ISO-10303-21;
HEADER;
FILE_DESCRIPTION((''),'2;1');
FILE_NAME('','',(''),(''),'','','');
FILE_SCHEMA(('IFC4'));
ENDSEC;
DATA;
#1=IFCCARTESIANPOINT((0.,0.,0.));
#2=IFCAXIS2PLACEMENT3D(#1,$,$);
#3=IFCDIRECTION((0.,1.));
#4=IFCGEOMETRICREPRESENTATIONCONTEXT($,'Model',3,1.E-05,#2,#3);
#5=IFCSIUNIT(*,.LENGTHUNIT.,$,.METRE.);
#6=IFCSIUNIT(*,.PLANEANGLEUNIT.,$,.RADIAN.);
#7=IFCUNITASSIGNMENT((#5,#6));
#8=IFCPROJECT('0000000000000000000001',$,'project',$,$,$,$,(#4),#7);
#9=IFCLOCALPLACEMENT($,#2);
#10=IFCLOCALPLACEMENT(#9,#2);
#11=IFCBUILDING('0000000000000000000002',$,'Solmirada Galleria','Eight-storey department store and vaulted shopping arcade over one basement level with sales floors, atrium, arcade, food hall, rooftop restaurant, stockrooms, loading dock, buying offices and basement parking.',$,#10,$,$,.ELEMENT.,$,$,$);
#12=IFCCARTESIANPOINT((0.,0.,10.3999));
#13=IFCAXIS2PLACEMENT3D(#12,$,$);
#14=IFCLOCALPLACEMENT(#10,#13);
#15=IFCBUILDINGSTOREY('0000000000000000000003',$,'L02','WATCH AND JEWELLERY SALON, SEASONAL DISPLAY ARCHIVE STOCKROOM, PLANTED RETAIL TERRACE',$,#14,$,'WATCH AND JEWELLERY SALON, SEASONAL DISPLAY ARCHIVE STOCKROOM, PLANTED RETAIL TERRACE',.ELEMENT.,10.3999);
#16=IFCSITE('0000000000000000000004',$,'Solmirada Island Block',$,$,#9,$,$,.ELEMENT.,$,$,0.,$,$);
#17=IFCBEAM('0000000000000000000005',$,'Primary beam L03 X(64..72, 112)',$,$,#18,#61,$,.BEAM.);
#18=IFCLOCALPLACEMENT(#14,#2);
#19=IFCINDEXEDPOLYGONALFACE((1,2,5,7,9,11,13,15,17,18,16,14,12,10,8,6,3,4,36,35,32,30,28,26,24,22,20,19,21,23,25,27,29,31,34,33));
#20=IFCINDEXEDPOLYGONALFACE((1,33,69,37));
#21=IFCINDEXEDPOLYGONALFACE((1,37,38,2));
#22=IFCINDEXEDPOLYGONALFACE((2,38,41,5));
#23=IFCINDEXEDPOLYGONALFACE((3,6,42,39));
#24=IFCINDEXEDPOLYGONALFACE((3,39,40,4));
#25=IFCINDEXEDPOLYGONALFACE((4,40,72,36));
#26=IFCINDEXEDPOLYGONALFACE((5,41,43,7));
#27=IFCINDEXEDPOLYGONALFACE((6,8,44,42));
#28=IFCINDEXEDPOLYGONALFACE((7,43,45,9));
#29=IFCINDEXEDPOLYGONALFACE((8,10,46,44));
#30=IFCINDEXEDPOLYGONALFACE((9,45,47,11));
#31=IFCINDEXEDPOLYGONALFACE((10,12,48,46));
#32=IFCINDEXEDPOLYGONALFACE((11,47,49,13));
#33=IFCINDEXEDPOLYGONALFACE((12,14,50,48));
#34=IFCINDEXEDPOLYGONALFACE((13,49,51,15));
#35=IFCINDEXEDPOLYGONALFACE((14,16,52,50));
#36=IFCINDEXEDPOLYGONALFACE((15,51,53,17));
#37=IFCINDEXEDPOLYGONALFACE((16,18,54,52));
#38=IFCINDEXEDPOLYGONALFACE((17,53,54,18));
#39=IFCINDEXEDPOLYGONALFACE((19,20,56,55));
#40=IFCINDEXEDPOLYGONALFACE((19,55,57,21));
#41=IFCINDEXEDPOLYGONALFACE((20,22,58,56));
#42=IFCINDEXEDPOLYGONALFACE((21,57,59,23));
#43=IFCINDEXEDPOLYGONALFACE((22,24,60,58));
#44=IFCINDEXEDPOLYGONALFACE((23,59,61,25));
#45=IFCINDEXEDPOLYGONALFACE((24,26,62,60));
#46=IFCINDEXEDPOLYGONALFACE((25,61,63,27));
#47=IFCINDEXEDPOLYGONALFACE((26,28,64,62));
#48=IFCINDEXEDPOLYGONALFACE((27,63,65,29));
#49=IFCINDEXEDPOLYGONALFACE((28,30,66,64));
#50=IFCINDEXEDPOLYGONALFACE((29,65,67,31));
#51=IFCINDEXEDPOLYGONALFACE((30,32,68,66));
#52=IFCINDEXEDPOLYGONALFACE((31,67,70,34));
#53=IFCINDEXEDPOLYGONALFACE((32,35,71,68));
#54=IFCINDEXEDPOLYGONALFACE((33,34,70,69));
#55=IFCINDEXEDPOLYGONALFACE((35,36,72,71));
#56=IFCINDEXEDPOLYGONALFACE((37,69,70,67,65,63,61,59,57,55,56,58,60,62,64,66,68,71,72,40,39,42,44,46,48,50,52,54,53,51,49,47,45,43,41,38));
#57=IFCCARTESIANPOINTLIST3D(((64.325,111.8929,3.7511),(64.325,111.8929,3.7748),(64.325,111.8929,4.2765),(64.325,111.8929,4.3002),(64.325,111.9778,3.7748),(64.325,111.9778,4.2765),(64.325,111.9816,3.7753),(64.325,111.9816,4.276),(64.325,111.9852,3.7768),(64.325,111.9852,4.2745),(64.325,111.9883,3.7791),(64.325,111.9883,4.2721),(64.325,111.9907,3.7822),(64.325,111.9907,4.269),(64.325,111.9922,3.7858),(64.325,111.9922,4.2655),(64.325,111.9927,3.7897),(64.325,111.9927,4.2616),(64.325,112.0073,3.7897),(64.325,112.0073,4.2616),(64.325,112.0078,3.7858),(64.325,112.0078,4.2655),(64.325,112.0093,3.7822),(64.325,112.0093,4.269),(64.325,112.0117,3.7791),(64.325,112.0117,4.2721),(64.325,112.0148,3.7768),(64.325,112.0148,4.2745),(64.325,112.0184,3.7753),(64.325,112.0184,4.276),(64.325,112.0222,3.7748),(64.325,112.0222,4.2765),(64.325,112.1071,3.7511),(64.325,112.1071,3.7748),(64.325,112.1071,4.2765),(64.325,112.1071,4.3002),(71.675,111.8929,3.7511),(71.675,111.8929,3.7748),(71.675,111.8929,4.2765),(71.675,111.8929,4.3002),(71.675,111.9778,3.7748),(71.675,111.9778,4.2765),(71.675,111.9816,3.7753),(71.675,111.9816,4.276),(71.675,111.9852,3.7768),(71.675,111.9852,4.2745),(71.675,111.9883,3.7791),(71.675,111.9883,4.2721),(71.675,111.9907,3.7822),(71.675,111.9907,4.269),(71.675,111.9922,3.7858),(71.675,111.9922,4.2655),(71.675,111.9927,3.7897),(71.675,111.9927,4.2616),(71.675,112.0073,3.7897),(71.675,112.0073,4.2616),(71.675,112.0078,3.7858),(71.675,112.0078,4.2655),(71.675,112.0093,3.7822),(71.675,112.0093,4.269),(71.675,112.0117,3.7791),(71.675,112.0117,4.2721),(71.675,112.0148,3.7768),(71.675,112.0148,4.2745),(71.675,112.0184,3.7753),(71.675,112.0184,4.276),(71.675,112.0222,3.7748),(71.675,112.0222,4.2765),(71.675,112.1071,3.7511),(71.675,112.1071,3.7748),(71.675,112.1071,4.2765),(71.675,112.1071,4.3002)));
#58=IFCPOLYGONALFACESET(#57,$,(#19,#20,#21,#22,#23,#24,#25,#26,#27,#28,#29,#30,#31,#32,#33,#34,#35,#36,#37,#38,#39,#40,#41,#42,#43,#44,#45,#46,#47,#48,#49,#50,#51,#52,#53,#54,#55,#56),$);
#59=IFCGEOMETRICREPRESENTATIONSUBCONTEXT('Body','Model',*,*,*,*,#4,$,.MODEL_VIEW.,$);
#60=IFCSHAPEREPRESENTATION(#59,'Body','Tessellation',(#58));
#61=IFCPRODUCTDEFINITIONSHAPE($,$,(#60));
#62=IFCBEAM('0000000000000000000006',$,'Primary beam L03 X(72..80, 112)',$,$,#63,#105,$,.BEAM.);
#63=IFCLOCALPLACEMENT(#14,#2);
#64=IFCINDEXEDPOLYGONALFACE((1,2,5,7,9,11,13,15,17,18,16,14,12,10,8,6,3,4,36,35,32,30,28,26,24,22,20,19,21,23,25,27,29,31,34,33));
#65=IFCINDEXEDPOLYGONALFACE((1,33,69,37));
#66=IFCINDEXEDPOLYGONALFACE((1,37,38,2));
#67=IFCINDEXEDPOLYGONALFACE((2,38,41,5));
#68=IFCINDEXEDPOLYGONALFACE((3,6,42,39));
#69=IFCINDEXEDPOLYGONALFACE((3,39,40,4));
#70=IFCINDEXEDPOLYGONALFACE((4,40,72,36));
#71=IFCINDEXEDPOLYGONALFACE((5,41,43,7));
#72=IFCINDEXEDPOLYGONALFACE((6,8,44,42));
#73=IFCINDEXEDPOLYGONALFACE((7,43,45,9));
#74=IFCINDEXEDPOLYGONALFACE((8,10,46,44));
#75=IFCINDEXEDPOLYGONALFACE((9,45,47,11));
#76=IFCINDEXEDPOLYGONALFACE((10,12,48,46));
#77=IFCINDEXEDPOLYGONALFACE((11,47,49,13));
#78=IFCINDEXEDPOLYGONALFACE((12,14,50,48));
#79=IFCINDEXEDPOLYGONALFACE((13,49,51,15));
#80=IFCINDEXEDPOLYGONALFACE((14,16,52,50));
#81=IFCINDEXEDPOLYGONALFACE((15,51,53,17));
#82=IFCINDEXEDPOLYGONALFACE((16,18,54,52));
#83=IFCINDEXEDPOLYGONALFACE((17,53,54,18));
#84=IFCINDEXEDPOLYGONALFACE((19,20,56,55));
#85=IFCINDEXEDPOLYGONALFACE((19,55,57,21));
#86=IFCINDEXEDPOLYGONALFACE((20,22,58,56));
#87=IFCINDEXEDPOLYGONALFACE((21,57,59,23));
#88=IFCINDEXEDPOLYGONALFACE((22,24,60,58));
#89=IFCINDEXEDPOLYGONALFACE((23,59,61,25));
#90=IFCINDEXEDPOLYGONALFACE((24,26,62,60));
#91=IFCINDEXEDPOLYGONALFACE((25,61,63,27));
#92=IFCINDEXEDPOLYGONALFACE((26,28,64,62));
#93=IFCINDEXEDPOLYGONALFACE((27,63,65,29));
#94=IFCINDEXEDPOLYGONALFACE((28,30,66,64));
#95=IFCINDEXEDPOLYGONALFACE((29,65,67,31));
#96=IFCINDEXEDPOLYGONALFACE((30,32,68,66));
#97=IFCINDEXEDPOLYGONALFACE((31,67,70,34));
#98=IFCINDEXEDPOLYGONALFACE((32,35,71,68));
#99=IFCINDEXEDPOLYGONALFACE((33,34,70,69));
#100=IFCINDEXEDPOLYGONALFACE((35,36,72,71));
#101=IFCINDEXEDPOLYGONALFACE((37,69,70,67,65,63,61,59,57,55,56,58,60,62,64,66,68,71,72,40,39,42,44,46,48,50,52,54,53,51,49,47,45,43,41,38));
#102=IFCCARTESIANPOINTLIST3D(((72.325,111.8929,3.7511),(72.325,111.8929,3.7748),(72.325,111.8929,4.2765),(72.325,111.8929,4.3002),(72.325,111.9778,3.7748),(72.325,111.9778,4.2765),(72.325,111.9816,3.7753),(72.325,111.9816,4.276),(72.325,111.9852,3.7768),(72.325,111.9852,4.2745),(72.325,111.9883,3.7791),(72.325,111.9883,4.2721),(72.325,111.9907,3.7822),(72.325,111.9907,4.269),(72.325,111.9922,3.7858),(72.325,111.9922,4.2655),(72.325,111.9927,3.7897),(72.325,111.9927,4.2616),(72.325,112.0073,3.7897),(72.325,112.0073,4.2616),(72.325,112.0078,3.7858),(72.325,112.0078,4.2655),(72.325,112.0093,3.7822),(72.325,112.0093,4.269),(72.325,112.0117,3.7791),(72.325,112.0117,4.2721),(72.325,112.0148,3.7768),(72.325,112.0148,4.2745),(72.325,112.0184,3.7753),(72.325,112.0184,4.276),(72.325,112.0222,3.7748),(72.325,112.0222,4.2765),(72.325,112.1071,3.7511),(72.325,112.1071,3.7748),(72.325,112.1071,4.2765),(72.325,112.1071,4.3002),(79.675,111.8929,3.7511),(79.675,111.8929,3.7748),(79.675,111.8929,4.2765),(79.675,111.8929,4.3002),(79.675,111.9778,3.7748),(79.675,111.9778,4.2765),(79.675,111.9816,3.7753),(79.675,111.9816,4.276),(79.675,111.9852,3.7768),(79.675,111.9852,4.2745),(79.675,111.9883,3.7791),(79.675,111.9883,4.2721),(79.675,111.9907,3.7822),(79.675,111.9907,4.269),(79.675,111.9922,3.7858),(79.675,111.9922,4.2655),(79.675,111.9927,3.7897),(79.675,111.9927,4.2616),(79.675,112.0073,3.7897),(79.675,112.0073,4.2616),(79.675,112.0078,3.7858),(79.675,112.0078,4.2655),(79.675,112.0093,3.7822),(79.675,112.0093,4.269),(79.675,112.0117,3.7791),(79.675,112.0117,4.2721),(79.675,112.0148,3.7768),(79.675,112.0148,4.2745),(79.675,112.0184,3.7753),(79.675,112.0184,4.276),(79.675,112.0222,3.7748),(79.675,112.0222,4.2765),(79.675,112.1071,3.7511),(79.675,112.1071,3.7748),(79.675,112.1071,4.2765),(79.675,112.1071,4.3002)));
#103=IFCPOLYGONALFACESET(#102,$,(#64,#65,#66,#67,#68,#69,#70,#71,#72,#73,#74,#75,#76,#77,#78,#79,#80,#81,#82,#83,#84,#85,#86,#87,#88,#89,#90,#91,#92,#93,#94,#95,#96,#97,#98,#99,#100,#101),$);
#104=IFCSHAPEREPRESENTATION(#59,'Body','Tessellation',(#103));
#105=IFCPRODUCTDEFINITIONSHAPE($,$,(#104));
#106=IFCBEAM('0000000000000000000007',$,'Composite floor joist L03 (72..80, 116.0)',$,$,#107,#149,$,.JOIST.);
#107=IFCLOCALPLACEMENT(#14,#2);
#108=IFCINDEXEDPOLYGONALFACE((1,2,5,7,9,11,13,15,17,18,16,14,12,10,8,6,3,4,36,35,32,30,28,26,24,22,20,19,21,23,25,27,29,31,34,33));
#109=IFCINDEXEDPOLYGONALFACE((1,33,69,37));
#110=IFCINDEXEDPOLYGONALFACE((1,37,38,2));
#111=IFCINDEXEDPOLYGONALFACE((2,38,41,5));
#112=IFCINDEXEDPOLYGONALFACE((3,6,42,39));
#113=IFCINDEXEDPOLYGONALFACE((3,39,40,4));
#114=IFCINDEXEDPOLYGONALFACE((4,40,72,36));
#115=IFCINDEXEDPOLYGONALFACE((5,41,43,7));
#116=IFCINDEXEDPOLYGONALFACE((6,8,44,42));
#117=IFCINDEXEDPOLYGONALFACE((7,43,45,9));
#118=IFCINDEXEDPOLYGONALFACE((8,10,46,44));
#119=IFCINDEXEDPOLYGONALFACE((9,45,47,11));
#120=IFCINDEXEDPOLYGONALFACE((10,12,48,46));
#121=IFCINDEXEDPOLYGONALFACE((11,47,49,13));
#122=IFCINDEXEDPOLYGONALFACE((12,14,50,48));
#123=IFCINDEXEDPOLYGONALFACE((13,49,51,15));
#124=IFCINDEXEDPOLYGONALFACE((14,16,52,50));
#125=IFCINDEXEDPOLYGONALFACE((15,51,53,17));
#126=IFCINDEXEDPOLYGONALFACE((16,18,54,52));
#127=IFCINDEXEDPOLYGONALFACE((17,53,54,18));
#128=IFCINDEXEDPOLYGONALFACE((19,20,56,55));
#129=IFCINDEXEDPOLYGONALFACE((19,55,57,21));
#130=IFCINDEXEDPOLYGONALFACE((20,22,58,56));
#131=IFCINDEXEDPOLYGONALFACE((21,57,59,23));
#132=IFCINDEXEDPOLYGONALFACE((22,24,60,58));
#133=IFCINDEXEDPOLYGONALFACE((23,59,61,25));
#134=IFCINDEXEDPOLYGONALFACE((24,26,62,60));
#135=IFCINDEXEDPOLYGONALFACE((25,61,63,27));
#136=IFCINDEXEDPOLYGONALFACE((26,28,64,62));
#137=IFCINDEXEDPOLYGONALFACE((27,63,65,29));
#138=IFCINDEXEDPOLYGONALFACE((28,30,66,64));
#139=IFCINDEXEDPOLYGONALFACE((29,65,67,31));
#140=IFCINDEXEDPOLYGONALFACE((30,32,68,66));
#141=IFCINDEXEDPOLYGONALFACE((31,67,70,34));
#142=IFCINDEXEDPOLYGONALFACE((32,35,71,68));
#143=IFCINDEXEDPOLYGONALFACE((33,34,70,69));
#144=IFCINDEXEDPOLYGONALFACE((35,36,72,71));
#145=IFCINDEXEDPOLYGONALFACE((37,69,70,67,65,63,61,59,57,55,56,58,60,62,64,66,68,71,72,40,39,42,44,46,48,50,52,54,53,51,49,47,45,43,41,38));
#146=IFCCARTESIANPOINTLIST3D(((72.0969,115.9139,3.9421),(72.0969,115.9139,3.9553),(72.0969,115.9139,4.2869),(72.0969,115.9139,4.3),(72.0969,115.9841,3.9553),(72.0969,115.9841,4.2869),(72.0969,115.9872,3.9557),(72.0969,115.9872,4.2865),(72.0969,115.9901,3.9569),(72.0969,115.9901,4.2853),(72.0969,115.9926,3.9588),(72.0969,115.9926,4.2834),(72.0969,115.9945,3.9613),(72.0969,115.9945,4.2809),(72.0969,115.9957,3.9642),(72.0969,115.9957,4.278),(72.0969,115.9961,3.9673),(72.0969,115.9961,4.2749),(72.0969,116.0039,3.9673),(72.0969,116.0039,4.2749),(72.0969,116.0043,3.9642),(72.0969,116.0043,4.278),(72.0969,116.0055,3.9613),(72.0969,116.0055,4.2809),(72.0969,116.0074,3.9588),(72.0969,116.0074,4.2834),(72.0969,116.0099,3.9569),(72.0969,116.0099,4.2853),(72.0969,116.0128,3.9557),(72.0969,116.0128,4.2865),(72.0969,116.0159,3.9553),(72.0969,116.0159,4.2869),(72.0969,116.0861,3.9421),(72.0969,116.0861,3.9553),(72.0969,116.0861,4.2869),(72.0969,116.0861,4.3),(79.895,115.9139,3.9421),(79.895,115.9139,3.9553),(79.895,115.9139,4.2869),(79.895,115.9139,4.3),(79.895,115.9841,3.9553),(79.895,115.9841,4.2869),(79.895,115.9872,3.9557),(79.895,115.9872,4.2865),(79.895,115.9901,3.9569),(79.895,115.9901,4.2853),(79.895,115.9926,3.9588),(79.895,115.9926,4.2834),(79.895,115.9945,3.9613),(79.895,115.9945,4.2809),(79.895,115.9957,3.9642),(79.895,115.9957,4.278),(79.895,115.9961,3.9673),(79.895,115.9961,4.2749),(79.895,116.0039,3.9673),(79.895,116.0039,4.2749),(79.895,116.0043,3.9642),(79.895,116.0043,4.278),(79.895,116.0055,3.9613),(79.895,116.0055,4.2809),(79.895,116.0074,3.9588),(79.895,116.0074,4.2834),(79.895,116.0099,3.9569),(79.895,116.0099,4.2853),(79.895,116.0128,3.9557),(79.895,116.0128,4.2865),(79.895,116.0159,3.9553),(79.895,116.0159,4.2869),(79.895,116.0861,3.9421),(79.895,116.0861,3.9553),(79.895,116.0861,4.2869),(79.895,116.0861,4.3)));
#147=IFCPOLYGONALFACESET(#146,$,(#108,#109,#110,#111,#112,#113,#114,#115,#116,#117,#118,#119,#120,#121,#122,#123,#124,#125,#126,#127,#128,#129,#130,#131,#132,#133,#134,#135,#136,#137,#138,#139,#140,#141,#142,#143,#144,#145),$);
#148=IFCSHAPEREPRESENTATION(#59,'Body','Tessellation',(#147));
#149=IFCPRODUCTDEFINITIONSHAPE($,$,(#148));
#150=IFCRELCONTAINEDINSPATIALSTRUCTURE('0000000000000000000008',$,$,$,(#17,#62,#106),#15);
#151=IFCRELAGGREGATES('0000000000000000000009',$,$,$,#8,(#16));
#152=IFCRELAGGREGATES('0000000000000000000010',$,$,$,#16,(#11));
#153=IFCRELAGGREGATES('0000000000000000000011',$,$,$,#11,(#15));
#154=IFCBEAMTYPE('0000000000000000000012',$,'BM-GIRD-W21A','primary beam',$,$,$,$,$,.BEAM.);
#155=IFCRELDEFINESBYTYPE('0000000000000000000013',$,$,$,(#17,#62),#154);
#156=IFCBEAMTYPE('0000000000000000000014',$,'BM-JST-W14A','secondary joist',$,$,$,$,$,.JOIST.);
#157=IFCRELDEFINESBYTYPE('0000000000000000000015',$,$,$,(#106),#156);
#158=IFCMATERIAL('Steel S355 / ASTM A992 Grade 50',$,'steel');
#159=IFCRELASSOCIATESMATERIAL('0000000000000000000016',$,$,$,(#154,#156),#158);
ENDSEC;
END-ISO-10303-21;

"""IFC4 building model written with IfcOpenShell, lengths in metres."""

from ifc_helpers import new_model, si_unit, direction, frame, origin, origin_2d, place, context, subcontext, project, spatial, i_section, extrude, material, material_profile, profile_set, type_object, element, save


model = new_model("IFC4")

# Units and contexts
model_context = context("Model", 3, precision=1e-05, world=origin(), true_north=direction((0.0, 1.0)))
body_context = subcontext(model_context, "Body", "Model", "MODEL_VIEW")
ifc_project = project(units=[si_unit("LENGTHUNIT", "METRE"), si_unit("PLANEANGLEUNIT", "RADIAN")], contexts=[model_context])

# Site, building, storey
site_placement = place(None, origin())
site = spatial("IfcSite", under=ifc_project, at=site_placement, Name="Solmirada Island Block", CompositionType="ELEMENT", RefElevation=0.0)
building_placement = place(site_placement, origin())
building = spatial("IfcBuilding", under=site, at=building_placement, Name="Solmirada Galleria", Description="Eight-storey department store and vaulted shopping arcade over one basement level with sales floors, atrium, arcade, food hall, rooftop restaurant, stockrooms, loading dock, buying offices and basement parking.", CompositionType="ELEMENT")
storey_placement = place(building_placement, frame((0.0, 0.0, 10.3999)))
storey = spatial("IfcBuildingStorey", under=building, at=storey_placement, Name="L02", Description="WATCH AND JEWELLERY SALON, SEASONAL DISPLAY ARCHIVE STOCKROOM, PLANTED RETAIL TERRACE", LongName="WATCH AND JEWELLERY SALON, SEASONAL DISPLAY ARCHIVE STOCKROOM, PLANTED RETAIL TERRACE", CompositionType="ELEMENT", Elevation=10.3999)

# Beams
ifc_material_1 = material(Name="Steel S355 / ASTM A992 Grade 50", Category="steel")
ifc_material_profile_1 = material_profile(ifc_material_1, i_section(OverallWidth=0.2141, OverallDepth=0.5491, WebThickness=0.0146, FlangeThickness=0.0237, FilletRadius=0.0149, at=origin_2d()), Name="W21X93")
ifc_profile_set_1 = profile_set([ifc_material_profile_1], Name="Steel S355 / ASTM A992 Grade 50")
beam_type_1 = type_object("IfcBeamType", Name="BM-GIRD-W21A", Description="primary beam", PredefinedType="BEAM", material=ifc_profile_set_1)
for number, where, z_axis, x_axis, name in (
    (1, (64.325, 112.0, 4.0256), (1.0, 0.0, 0.0), (0.0, 1.0, 0.0), "Primary beam L03 X(64..72, 112)"),
    (2, (72.325, 112.0, 4.0256), (1.0, 0.0, 0.0), (0.0, 1.0, 0.0), "Primary beam L03 X(72..80, 112)"),
):
    element("IfcBeam", number, at=place(storey_placement, frame(where, z_axis=z_axis, x_axis=x_axis)), inside=storey, type_object=beam_type_1, Name=name, PredefinedType="BEAM", context=body_context, shape_type="SweptSolid", body=[
        extrude(i_section(OverallWidth=0.2141, OverallDepth=0.5491, WebThickness=0.0146, FlangeThickness=0.0237, FilletRadius=0.0149, at=origin_2d()), origin(), (0.0, 0.0, 1.0), 7.3501),
    ])
ifc_material_profile_2 = material_profile(ifc_material_1, i_section(OverallWidth=0.1721, OverallDepth=0.3579, WebThickness=0.0078, FlangeThickness=0.0132, FilletRadius=0.012, at=origin_2d()), Name="W14X38")
ifc_profile_set_2 = profile_set([ifc_material_profile_2], Name="Steel S355 / ASTM A992 Grade 50")
beam_type_2 = type_object("IfcBeamType", Name="BM-JST-W14A", Description="secondary joist", PredefinedType="JOIST", material=ifc_profile_set_2)
beam_1_placement = place(storey_placement, frame((72.0969, 116.0, 4.1211), z_axis=(1.0, 0.0, 0.0), x_axis=(0.0, 1.0, 0.0)))
element("IfcBeam", 3, at=beam_1_placement, inside=storey, type_object=beam_type_2, Name="Composite floor joist L03 (72..80, 116.0)", PredefinedType="JOIST", context=body_context, shape_type="SweptSolid", body=[
    extrude(i_section(OverallWidth=0.1721, OverallDepth=0.3579, WebThickness=0.0078, FlangeThickness=0.0132, FilletRadius=0.012, at=origin_2d()), origin(), (0.0, 0.0, 1.0), 7.7981),
])

save(model, "model.ifc")
